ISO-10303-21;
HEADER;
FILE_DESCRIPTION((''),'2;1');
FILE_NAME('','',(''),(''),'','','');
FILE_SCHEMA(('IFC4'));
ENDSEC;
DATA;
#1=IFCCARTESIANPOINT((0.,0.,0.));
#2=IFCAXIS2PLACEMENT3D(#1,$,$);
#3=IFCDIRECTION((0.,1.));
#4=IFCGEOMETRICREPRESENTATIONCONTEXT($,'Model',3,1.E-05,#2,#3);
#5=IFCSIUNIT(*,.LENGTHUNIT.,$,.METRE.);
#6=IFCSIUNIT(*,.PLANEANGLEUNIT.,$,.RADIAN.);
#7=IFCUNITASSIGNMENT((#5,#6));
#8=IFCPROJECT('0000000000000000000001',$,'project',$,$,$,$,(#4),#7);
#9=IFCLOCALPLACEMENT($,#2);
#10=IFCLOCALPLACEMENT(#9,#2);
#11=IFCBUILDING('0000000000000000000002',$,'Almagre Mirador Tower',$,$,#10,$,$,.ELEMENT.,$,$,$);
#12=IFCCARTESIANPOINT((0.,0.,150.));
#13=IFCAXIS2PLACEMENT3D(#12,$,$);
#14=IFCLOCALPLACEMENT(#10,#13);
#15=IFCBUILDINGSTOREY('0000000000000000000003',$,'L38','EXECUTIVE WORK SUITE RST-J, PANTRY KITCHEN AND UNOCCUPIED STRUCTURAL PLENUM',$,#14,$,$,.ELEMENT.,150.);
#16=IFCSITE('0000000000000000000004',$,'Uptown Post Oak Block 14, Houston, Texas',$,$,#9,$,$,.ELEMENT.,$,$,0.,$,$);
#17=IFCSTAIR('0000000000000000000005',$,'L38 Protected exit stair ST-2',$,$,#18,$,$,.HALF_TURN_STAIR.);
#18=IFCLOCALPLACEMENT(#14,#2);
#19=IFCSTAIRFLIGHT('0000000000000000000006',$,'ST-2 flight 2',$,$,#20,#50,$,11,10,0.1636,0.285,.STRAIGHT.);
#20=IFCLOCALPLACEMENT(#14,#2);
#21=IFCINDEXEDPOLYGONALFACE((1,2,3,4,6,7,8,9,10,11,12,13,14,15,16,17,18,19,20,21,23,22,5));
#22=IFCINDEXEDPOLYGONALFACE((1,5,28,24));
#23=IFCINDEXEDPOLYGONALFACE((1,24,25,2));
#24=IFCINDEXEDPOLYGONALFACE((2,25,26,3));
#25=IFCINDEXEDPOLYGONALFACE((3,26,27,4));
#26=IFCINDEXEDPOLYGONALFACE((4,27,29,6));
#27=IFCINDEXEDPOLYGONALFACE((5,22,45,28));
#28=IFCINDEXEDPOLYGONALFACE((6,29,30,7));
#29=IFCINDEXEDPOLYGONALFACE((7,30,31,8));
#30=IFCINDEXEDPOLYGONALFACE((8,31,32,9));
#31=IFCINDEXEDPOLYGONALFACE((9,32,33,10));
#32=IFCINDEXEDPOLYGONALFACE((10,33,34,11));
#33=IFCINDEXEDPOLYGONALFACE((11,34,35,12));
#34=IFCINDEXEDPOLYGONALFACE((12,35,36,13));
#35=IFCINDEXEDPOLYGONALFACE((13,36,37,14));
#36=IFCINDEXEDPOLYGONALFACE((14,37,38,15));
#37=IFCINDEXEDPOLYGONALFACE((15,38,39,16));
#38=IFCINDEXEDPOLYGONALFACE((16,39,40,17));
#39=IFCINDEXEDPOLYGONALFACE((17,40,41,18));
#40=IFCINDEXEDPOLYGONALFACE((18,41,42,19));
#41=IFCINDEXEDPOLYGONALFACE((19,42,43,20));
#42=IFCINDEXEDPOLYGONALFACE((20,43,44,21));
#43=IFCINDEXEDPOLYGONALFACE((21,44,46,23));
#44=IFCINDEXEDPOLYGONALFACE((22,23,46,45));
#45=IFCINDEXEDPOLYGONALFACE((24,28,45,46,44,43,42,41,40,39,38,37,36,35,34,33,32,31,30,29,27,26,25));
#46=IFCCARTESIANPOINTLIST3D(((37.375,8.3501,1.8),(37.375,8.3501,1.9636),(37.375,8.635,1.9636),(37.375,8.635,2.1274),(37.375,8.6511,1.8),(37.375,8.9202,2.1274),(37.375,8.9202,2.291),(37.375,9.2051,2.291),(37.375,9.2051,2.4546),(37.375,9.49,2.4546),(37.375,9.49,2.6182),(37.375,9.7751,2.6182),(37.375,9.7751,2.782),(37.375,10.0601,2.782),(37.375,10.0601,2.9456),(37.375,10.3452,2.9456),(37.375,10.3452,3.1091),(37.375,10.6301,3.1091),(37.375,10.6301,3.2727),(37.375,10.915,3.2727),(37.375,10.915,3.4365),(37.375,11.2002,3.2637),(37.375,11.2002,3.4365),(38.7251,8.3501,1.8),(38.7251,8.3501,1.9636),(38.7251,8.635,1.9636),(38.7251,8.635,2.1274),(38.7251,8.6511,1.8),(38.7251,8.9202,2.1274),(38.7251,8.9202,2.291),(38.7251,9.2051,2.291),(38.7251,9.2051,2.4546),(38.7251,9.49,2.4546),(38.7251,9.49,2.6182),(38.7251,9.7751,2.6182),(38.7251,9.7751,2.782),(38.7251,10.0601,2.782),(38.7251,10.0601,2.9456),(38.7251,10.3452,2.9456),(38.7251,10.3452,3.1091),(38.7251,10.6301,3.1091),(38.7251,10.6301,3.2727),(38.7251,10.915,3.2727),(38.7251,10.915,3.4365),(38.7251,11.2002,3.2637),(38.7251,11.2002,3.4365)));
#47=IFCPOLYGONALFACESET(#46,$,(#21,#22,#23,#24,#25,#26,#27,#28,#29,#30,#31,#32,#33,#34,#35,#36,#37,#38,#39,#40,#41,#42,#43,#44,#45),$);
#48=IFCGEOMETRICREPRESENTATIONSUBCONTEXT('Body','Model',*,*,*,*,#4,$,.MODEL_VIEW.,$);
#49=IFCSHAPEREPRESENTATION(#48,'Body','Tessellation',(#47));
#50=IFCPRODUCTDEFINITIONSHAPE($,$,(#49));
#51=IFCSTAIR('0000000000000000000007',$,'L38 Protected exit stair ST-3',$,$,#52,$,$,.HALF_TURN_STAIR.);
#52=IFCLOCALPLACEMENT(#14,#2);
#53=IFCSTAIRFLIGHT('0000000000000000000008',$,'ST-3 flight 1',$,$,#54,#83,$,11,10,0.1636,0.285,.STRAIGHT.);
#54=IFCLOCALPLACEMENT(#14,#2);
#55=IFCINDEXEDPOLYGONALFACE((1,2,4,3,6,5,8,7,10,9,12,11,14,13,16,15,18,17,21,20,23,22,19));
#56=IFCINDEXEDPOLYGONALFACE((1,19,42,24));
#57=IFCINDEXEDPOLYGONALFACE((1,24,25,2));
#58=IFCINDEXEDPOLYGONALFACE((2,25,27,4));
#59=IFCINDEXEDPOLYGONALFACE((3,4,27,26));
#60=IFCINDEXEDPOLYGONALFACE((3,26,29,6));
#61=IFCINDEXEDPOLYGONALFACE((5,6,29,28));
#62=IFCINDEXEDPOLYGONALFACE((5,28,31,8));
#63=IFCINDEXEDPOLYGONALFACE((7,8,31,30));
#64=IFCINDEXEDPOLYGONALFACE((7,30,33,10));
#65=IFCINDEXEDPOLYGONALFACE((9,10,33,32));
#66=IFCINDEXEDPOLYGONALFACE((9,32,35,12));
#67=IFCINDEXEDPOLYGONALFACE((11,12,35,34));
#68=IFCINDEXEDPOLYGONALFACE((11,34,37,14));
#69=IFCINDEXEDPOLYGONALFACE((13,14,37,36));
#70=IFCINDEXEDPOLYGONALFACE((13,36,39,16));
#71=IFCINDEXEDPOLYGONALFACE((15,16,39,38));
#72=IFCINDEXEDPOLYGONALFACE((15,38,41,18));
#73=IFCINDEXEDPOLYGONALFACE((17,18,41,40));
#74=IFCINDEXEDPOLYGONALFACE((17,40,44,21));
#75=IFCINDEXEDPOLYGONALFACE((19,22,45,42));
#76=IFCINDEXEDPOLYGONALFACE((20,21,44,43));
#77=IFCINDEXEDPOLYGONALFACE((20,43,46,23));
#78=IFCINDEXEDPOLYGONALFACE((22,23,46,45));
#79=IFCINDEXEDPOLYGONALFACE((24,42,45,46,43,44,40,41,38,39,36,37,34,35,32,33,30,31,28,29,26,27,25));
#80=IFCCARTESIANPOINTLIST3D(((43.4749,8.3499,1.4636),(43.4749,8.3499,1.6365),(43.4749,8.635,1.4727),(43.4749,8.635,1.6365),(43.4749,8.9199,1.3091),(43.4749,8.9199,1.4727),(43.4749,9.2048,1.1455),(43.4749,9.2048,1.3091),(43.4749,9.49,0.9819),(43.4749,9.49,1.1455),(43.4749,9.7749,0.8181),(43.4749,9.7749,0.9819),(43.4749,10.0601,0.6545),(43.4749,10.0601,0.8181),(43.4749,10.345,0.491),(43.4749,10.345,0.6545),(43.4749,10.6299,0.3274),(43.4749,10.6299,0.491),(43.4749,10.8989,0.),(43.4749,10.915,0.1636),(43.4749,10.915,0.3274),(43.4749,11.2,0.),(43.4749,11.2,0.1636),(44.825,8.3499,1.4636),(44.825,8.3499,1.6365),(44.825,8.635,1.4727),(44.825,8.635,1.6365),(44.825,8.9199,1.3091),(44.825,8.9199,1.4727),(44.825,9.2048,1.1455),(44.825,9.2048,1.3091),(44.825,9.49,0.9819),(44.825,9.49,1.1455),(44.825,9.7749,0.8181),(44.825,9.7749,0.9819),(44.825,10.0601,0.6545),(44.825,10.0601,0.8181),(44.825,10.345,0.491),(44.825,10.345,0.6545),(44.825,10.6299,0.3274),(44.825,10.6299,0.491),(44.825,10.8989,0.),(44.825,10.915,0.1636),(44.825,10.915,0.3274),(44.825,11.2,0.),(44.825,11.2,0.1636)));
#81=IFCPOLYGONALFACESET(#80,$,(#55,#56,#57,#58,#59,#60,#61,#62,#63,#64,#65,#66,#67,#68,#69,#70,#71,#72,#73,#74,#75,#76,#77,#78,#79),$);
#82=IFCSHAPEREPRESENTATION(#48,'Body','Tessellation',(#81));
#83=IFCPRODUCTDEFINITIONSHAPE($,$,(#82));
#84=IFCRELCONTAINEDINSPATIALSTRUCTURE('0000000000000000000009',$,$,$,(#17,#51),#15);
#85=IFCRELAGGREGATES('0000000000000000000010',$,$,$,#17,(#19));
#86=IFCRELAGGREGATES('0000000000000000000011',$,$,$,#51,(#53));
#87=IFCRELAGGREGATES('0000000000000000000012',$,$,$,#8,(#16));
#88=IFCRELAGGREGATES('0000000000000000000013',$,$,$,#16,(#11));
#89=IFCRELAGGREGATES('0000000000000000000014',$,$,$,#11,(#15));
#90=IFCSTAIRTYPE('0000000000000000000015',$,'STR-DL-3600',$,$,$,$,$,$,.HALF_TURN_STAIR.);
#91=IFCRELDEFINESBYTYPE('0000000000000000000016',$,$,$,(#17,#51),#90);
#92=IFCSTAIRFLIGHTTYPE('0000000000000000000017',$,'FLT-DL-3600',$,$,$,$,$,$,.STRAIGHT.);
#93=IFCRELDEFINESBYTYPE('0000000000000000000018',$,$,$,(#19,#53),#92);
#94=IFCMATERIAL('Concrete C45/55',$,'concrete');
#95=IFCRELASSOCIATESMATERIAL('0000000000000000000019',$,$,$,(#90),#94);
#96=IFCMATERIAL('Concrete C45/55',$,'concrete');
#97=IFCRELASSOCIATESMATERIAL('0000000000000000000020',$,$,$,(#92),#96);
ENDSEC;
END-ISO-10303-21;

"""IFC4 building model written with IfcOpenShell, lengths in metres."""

from ifc_helpers import new_model, si_unit, direction, frame, origin, place, context, subcontext, project, spatial, polyline, outline, extrude, material, type_object, element, aggregate, save


model = new_model("IFC4")

# Units and contexts
model_context = context("Model", 3, precision=1e-05, world=origin(), true_north=direction((0.0, 1.0)))
body_context = subcontext(model_context, "Body", "Model", "MODEL_VIEW")
ifc_project = project(units=[si_unit("LENGTHUNIT", "METRE"), si_unit("PLANEANGLEUNIT", "RADIAN")], contexts=[model_context])

# Site, building, storey
site_placement = place(None, origin())
site = spatial("IfcSite", under=ifc_project, at=site_placement, Name="Uptown Post Oak Block 14, Houston, Texas", CompositionType="ELEMENT", RefElevation=0.0)
building_placement = place(site_placement, origin())
building = spatial("IfcBuilding", under=site, at=building_placement, Name="Almagre Mirador Tower", CompositionType="ELEMENT")
storey_placement = place(building_placement, frame((0.0, 0.0, 150.0)))
storey = spatial("IfcBuildingStorey", under=building, at=storey_placement, Name="L38", Description="EXECUTIVE WORK SUITE RST-J, PANTRY KITCHEN AND UNOCCUPIED STRUCTURAL PLENUM", CompositionType="ELEMENT", Elevation=150.0)

# Stair, stair flight
ifc_material_1 = material(Name="Concrete C45/55", Category="concrete")
stair_type = type_object("IfcStairType", Name="STR-DL-3600", PredefinedType="HALF_TURN_STAIR", material=ifc_material_1)
stair_1_placement = place(storey_placement, origin())
stair_1 = element("IfcStair", 1, at=stair_1_placement, inside=storey, type_object=stair_type, Name="L38 Protected exit stair ST-2", PredefinedType="HALF_TURN_STAIR")
ifc_material_2 = material(Name="Concrete C45/55", Category="concrete")
stair_flight_type = type_object("IfcStairFlightType", Name="FLT-DL-3600", PredefinedType="STRAIGHT", material=ifc_material_2)
stair_flight_1_placement = place(storey_placement, frame((38.05, 8.3501, 1.8), z_axis=(0.0, 0.0, 1.0), x_axis=(0.0, 1.0, 0.0)))
stair_flight_1 = element("IfcStairFlight", 2, at=stair_flight_1_placement, type_object=stair_flight_type, Name="ST-2 flight 2", NumberOfRisers=11, NumberOfTreads=10, PredefinedType="STRAIGHT", RiserHeight=0.1636, TreadLength=0.285, context=body_context, shape_type="SweptSolid", body=[
    extrude(outline(polyline([(0.0, 0.0), (0.0, 0.1636), (0.2849, 0.1636), (0.2849, 0.3274), (0.5701, 0.3274), (0.5701, 0.491), (0.855, 0.491), (0.855, 0.6545), (1.1399, 0.6545), (1.1399, 0.8181), (1.425, 0.8181), (1.425, 0.9819), (1.71, 0.9819), (1.71, 1.1455), (1.9951, 1.1455), (1.9951, 1.3091), (2.28, 1.3091), (2.28, 1.4727), (2.5649, 1.4727), (2.5649, 1.6365), (2.8501, 1.6365), (2.8501, 1.8), (2.8501, 1.4636), (0.301, 0.0), (0.0, 0.0)])), frame((0.0, 0.675, 0.0), z_axis=(0.0, -1.0, 0.0), x_axis=(1.0, 0.0, 0.0)), (0.0, 0.0, 1.0), 1.3501),
])
aggregate(stair_1, [stair_flight_1])

# Stair, stair flight
stair_2_placement = place(storey_placement, origin())
stair_2 = element("IfcStair", 3, at=stair_2_placement, inside=storey, type_object=stair_type, Name="L38 Protected exit stair ST-3", PredefinedType="HALF_TURN_STAIR")
stair_flight_2_placement = place(storey_placement, frame((44.1499, 11.2, 0.0), z_axis=(0.0, 0.0, 1.0), x_axis=(0.0, -1.0, 0.0)))
stair_flight_2 = element("IfcStairFlight", 4, at=stair_flight_2_placement, type_object=stair_flight_type, Name="ST-3 flight 1", NumberOfRisers=11, NumberOfTreads=10, PredefinedType="STRAIGHT", RiserHeight=0.1636, TreadLength=0.285, context=body_context, shape_type="SweptSolid", body=[
    extrude(outline(polyline([(0.0, 0.0), (0.0, 0.1636), (0.2849, 0.1636), (0.2849, 0.3274), (0.5701, 0.3274), (0.5701, 0.491), (0.855, 0.491), (0.855, 0.6545), (1.1399, 0.6545), (1.1399, 0.8181), (1.425, 0.8181), (1.425, 0.9819), (1.71, 0.9819), (1.71, 1.1455), (1.9951, 1.1455), (1.9951, 1.3091), (2.28, 1.3091), (2.28, 1.4727), (2.5649, 1.4727), (2.5649, 1.6365), (2.8501, 1.6365), (2.8501, 1.8), (2.8501, 1.4636), (0.301, 0.0), (0.0, 0.0)])), frame((0.0, 0.675, 0.0), z_axis=(0.0, -1.0, 0.0), x_axis=(1.0, 0.0, 0.0)), (0.0, 0.0, 1.0), 1.3501),
])
aggregate(stair_2, [stair_flight_2])

save(model, "model.ifc")
